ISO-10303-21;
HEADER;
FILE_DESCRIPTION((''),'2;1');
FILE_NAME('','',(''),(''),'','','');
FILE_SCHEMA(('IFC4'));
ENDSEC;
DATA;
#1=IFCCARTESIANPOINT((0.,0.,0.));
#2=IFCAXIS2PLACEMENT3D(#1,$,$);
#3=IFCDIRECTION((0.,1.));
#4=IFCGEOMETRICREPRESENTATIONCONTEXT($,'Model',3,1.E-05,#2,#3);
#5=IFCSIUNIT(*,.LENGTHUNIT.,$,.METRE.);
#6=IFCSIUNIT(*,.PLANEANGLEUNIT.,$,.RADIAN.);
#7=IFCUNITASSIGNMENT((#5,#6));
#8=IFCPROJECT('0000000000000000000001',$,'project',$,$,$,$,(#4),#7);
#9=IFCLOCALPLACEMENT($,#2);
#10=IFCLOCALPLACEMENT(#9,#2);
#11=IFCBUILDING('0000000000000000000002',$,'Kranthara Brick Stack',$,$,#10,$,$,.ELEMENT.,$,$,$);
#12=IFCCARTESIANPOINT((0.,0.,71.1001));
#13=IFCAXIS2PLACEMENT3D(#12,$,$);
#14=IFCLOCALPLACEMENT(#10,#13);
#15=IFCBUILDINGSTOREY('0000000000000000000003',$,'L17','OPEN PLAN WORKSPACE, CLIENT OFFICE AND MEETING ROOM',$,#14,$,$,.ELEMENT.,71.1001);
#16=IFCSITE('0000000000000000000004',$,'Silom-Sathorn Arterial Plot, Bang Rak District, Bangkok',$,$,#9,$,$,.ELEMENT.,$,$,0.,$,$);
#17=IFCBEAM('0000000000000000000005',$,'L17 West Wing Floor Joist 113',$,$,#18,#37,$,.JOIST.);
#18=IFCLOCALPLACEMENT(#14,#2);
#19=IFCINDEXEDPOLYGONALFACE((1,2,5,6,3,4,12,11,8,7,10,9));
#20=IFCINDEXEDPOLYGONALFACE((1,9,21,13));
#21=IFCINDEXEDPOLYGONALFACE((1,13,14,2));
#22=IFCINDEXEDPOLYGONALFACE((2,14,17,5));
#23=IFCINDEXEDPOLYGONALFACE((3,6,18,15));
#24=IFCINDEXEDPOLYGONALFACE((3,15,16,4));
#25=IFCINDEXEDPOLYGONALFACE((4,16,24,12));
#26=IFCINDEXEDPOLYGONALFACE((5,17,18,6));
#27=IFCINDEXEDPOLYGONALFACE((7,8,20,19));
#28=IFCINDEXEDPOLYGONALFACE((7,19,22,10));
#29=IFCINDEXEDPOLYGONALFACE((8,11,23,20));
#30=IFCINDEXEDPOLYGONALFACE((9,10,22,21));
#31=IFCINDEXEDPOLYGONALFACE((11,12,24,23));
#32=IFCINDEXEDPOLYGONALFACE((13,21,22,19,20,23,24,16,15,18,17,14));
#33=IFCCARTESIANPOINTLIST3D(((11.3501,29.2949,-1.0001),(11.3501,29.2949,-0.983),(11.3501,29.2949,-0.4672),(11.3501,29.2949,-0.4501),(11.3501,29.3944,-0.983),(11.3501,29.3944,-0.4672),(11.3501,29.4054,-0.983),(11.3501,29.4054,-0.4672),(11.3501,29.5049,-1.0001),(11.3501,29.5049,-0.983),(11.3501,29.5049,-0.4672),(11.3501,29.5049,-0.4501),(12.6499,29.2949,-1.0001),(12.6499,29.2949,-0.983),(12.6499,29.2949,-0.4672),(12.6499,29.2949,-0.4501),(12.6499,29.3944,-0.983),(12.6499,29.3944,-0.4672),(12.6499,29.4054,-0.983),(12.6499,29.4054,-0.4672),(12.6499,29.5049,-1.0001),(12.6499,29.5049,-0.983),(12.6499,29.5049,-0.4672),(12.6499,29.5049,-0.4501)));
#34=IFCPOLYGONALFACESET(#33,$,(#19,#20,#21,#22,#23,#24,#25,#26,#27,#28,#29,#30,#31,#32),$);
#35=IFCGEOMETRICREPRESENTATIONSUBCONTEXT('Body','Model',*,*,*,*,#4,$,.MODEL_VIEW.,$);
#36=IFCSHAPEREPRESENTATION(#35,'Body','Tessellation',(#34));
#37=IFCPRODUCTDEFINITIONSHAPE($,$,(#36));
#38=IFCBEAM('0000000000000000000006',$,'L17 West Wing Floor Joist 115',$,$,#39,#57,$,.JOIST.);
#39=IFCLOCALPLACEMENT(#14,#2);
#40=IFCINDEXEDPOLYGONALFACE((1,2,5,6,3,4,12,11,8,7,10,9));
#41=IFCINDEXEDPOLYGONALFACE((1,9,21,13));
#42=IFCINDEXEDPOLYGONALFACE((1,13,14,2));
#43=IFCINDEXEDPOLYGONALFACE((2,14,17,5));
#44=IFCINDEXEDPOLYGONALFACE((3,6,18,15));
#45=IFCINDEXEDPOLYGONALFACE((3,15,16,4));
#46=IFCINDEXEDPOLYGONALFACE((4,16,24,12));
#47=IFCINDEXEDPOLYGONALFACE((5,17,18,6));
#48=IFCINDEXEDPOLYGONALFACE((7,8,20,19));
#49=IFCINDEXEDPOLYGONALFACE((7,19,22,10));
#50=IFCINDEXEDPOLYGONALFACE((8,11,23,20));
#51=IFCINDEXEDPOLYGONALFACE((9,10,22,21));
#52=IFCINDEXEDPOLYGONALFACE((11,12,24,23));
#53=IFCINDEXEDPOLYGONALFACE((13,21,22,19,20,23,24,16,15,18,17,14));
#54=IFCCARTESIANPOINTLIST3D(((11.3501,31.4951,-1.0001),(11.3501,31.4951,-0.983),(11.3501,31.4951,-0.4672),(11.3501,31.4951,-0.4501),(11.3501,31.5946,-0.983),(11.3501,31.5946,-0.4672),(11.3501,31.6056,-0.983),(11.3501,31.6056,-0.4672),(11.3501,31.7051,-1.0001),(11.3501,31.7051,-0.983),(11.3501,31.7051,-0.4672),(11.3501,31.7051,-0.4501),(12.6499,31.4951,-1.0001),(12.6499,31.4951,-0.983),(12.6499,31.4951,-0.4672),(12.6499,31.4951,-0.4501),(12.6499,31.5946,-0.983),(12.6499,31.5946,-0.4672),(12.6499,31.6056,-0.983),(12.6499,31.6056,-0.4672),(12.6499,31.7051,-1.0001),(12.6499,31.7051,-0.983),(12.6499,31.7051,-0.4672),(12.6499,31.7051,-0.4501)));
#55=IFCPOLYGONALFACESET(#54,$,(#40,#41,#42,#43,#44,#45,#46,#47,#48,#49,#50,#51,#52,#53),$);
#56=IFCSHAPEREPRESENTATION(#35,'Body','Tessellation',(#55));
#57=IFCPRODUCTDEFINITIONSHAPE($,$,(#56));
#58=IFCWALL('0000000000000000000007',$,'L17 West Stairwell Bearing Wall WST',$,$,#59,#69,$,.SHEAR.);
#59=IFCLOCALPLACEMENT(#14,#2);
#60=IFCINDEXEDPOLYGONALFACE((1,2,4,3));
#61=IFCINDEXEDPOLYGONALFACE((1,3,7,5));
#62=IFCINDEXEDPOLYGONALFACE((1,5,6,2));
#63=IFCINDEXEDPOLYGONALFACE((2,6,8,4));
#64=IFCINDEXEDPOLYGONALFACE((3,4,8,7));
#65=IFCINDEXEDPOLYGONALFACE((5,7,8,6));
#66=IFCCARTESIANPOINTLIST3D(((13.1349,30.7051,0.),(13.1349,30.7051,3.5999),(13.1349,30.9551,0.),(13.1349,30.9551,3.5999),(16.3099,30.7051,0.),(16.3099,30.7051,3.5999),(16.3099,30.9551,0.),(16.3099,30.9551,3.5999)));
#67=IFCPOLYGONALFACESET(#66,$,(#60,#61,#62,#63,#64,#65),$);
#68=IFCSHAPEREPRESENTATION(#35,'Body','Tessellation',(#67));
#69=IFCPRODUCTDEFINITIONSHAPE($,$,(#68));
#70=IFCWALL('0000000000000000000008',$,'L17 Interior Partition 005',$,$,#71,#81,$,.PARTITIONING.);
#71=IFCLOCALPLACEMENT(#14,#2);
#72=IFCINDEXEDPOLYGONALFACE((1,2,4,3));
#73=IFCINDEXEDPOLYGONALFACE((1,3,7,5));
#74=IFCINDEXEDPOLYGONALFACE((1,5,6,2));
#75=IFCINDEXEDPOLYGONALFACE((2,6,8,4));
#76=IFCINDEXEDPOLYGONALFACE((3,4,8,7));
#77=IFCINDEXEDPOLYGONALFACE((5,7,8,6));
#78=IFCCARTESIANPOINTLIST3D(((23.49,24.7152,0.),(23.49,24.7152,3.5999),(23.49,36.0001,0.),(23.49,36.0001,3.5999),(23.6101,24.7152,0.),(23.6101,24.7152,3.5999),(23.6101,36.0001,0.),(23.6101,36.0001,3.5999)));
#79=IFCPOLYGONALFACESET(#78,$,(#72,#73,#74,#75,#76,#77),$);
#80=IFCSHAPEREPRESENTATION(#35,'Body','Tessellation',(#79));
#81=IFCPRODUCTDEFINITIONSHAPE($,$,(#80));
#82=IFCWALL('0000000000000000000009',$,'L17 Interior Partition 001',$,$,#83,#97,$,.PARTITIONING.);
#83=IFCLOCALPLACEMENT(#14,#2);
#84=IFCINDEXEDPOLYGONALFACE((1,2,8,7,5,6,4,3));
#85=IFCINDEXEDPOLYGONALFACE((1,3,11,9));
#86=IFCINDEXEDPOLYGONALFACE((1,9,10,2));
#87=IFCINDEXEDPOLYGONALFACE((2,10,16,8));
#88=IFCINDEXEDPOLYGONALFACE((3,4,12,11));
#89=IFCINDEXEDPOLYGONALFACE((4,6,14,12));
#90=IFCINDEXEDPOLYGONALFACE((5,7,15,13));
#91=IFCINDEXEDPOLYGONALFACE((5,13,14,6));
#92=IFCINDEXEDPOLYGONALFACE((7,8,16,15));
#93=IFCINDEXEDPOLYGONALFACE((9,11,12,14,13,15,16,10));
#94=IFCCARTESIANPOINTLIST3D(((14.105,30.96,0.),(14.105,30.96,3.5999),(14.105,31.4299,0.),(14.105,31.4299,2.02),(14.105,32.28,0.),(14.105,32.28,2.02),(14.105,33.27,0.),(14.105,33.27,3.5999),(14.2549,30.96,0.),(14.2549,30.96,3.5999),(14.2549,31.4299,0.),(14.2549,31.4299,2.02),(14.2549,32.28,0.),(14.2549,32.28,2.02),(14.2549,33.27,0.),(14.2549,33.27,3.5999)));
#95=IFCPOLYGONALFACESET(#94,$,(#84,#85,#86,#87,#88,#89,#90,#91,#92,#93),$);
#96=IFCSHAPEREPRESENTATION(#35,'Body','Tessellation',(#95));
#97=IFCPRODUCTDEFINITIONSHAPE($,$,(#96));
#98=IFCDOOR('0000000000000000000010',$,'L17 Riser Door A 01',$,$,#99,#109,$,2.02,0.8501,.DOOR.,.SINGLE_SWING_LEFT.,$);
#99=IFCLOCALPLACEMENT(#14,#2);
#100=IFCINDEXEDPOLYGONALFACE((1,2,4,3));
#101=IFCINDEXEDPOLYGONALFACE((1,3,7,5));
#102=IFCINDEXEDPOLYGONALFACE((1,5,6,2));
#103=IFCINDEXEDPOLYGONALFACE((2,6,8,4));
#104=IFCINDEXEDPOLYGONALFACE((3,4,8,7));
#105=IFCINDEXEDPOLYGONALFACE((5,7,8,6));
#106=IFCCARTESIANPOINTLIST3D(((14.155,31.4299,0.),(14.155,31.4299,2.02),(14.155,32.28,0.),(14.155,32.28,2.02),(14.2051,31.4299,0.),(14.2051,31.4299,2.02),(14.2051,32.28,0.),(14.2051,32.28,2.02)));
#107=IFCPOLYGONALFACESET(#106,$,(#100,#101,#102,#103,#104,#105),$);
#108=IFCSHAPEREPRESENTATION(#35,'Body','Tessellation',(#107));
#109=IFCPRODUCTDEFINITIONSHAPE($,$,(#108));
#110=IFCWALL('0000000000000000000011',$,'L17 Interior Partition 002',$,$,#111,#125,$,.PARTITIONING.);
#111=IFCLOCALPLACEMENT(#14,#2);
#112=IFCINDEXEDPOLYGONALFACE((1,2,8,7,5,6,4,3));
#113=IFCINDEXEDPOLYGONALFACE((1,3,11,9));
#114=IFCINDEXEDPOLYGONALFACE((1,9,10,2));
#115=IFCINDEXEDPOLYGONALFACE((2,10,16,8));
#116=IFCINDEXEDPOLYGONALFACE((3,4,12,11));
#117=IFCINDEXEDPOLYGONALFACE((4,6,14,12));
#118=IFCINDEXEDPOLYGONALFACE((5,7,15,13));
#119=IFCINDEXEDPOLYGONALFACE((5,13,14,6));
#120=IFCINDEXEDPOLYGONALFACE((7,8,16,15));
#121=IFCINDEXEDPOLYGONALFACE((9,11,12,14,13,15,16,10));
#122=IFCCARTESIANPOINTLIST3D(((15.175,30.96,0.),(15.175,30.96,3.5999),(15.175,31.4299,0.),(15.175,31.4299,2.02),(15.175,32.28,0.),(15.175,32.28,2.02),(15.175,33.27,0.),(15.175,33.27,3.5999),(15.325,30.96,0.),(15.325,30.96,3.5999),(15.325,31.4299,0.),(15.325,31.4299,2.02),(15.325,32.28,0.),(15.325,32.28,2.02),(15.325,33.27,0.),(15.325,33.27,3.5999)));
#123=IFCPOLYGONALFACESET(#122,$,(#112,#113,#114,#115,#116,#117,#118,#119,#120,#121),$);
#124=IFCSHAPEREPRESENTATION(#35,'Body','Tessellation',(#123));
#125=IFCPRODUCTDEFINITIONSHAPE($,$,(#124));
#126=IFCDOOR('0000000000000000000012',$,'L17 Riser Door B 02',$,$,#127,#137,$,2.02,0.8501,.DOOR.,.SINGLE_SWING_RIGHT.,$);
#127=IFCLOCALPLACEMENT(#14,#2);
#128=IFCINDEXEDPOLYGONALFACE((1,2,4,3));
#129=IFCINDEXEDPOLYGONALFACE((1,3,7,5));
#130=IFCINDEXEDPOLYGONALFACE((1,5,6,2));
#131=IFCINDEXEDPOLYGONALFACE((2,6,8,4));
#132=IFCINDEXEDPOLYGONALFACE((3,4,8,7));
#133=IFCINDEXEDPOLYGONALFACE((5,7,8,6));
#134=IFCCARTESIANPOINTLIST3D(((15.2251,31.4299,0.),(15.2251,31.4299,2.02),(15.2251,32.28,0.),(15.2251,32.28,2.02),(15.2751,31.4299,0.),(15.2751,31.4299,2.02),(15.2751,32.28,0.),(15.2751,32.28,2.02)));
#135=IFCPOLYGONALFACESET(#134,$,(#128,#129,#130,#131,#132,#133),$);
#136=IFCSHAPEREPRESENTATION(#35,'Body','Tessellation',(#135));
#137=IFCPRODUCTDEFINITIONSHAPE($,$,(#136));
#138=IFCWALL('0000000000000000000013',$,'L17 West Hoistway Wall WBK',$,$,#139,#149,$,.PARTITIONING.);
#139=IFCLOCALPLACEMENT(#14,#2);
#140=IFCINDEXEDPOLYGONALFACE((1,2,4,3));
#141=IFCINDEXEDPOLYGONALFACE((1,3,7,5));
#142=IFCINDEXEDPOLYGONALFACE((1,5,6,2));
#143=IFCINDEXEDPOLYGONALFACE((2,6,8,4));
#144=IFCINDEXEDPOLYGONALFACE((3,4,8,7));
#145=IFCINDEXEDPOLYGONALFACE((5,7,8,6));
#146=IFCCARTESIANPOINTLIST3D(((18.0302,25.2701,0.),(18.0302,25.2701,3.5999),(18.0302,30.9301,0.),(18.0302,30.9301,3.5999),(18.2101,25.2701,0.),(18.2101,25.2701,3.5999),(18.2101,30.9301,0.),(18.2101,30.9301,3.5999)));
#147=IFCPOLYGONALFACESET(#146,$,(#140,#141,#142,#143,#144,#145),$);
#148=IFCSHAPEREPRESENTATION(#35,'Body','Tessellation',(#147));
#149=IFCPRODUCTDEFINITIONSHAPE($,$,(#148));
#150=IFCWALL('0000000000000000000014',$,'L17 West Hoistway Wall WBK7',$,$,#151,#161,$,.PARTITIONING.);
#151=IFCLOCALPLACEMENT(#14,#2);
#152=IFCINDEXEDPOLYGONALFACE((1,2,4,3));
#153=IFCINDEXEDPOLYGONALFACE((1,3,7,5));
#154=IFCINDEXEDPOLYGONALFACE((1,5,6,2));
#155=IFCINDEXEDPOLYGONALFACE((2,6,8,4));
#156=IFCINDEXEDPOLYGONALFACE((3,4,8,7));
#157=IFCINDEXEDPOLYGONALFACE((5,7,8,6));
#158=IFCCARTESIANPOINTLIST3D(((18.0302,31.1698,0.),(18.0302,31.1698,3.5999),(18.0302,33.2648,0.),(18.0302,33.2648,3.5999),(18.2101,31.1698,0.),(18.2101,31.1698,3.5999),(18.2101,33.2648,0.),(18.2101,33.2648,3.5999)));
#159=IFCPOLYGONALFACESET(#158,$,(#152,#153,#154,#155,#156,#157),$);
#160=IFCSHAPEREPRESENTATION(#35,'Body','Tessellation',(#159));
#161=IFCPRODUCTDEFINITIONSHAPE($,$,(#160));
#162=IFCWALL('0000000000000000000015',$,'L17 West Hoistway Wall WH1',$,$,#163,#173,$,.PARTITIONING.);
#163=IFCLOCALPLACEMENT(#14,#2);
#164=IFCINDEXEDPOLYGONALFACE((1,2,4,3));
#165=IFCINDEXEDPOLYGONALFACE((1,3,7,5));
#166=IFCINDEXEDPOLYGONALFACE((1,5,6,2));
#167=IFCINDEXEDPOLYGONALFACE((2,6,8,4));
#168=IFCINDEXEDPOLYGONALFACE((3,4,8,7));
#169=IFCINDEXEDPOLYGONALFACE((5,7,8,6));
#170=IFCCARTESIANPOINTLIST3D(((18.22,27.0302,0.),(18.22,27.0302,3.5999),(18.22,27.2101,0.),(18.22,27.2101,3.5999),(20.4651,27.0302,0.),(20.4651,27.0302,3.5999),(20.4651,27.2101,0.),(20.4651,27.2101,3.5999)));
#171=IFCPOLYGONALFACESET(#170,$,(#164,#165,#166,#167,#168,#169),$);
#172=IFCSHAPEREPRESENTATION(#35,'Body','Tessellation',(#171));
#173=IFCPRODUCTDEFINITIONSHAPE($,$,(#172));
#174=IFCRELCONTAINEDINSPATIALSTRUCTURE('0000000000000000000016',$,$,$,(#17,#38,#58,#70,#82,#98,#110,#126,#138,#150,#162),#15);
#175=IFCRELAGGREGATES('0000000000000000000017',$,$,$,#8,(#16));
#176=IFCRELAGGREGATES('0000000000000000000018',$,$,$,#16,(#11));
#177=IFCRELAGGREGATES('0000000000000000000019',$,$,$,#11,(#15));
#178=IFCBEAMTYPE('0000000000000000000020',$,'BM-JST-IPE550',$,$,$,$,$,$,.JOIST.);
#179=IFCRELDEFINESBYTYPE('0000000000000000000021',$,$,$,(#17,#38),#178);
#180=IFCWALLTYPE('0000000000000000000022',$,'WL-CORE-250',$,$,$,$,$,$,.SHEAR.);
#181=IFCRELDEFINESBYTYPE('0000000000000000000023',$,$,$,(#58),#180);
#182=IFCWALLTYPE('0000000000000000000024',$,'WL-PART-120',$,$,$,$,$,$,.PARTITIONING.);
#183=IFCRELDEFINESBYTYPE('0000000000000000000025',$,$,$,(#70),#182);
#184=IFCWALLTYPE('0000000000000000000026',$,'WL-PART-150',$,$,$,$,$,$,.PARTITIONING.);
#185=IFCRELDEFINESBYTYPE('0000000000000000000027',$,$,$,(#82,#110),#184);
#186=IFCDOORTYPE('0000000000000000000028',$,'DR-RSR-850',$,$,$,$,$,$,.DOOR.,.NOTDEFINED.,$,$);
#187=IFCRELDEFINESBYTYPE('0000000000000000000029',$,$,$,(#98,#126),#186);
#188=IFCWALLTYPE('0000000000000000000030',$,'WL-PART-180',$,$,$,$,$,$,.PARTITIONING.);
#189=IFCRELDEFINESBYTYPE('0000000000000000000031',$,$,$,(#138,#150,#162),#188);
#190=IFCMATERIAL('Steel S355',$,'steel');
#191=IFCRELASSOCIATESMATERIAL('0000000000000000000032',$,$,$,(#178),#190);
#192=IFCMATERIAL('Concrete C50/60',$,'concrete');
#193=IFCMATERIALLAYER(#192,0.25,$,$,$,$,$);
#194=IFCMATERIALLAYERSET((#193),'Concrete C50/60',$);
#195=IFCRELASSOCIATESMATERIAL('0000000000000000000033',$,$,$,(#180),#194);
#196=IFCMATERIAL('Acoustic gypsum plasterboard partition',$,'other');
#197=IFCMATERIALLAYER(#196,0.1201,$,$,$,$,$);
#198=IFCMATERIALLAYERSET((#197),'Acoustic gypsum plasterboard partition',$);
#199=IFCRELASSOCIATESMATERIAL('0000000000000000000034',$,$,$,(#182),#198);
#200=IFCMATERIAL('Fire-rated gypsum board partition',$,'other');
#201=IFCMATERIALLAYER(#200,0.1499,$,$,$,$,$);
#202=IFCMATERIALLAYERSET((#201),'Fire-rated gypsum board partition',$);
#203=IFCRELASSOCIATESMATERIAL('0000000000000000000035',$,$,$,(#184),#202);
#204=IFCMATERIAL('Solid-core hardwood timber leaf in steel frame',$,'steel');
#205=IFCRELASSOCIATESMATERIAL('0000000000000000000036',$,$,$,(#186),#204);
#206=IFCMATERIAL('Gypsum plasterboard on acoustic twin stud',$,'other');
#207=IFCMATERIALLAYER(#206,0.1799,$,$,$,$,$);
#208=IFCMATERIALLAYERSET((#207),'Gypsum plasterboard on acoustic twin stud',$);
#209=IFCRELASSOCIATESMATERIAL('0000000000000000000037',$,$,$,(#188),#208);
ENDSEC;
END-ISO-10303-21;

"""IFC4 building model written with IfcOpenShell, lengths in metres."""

from ifc_helpers import new_model, si_unit, direction, frame, frame_2d, origin, origin_2d, place, context, subcontext, project, spatial, rectangle, i_section, extrude, material, layer, layer_set, material_profile, profile_set, type_object, element, fill, save


model = new_model("IFC4")

# Units and contexts
model_context = context("Model", 3, precision=1e-05, world=origin(), true_north=direction((0.0, 1.0)))
body_context = subcontext(model_context, "Body", "Model", "MODEL_VIEW")
ifc_project = project(units=[si_unit("LENGTHUNIT", "METRE"), si_unit("PLANEANGLEUNIT", "RADIAN")], contexts=[model_context])

# Site, building, storey
site_placement = place(None, origin())
site = spatial("IfcSite", under=ifc_project, at=site_placement, Name="Silom-Sathorn Arterial Plot, Bang Rak District, Bangkok", CompositionType="ELEMENT", RefElevation=0.0)
building_placement = place(site_placement, origin())
building = spatial("IfcBuilding", under=site, at=building_placement, Name="Kranthara Brick Stack", CompositionType="ELEMENT")
storey_placement = place(building_placement, frame((0.0, 0.0, 71.1001)))
storey = spatial("IfcBuildingStorey", under=building, at=storey_placement, Name="L17", Description="OPEN PLAN WORKSPACE, CLIENT OFFICE AND MEETING ROOM", CompositionType="ELEMENT", Elevation=71.1001)

# Beams
ifc_material_1 = material(Name="Steel S355", Category="steel")
ifc_material_profile_1 = material_profile(ifc_material_1, i_section(OverallWidth=0.21, OverallDepth=0.55, WebThickness=0.011, FlangeThickness=0.0171, at=origin_2d()), Name="IPE 550")
ifc_profile_set_1 = profile_set([ifc_material_profile_1], Name="Steel S355")
beam_type = type_object("IfcBeamType", Name="BM-JST-IPE550", PredefinedType="JOIST", material=ifc_profile_set_1)
for number, where, z_axis, x_axis, name in (
    (1, (11.3501, 29.3999, -0.7251), (1.0, 0.0, 0.0), (0.0, 1.0, 0.0), "L17 West Wing Floor Joist 113"),
    (2, (11.3501, 31.6001, -0.7251), (1.0, 0.0, 0.0), (0.0, 1.0, 0.0), "L17 West Wing Floor Joist 115"),
):
    element("IfcBeam", number, at=place(storey_placement, frame(where, z_axis=z_axis, x_axis=x_axis)), inside=storey, type_object=beam_type, Name=name, PredefinedType="JOIST", context=body_context, shape_type="SweptSolid", body=[
        extrude(i_section(OverallWidth=0.21, OverallDepth=0.55, WebThickness=0.011, FlangeThickness=0.0171, at=origin_2d()), origin(), (0.0, 0.0, 1.0), 1.2998),
    ])

# Walls
ifc_material_2 = material(Name="Concrete C50/60", Category="concrete")
ifc_layer_1 = layer(ifc_material_2, 0.25)
ifc_layer_set_1 = layer_set([ifc_layer_1], Name="Concrete C50/60")
wall_type_1 = type_object("IfcWallType", Name="WL-CORE-250", PredefinedType="SHEAR", material=ifc_layer_set_1)
wall_1_placement = place(storey_placement, frame((13.135, 30.8301, 0.0), z_axis=(0.0, 0.0, 1.0), x_axis=(1.0, 0.0, 0.0)))
element("IfcWall", 3, at=wall_1_placement, inside=storey, type_object=wall_type_1, Name="L17 West Stairwell Bearing Wall WST", PredefinedType="SHEAR", context=body_context, shape_type="SweptSolid", body=[
    extrude(rectangle(XDim=3.175, YDim=0.25, at=frame_2d((1.5874, 0.0))), origin(), (0.0, 0.0, 1.0), 3.5999),
])
ifc_material_3 = material(Name="Acoustic gypsum plasterboard partition", Category="other")
ifc_layer_2 = layer(ifc_material_3, 0.1201)
ifc_layer_set_2 = layer_set([ifc_layer_2], Name="Acoustic gypsum plasterboard partition")
wall_type_2 = type_object("IfcWallType", Name="WL-PART-120", PredefinedType="PARTITIONING", material=ifc_layer_set_2)
wall_2_placement = place(storey_placement, frame((23.55, 24.7151, 0.0), z_axis=(0.0, 0.0, 1.0), x_axis=(0.0, 1.0, 0.0)))
element("IfcWall", 4, at=wall_2_placement, inside=storey, type_object=wall_type_2, Name="L17 Interior Partition 005", PredefinedType="PARTITIONING", context=body_context, shape_type="SweptSolid", body=[
    extrude(rectangle(XDim=11.2849, YDim=0.1201, at=frame_2d((5.6426, 0.0))), origin(), (0.0, 0.0, 1.0), 3.5999),
])

# Walls, openings, doors
ifc_material_4 = material(Name="Fire-rated gypsum board partition", Category="other")
ifc_layer_3 = layer(ifc_material_4, 0.1499)
ifc_layer_set_3 = layer_set([ifc_layer_3], Name="Fire-rated gypsum board partition")
wall_type_3 = type_object("IfcWallType", Name="WL-PART-150", PredefinedType="PARTITIONING", material=ifc_layer_set_3)
wall_3_placement = place(storey_placement, frame((14.1799, 30.96, 0.0), z_axis=(0.0, 0.0, 1.0), x_axis=(0.0, 1.0, 0.0)))
wall_3 = element("IfcWall", 5, at=wall_3_placement, inside=storey, type_object=wall_type_3, Name="L17 Interior Partition 001", PredefinedType="PARTITIONING", context=body_context, shape_type="SweptSolid", body=[
    extrude(rectangle(XDim=2.3101, YDim=0.1499, at=frame_2d((1.155, 0.0))), origin(), (0.0, 0.0, 1.0), 3.5999),
])
opening_1_placement = place(wall_3_placement, frame((0.47, 0.0, 0.0)))
opening_1 = element("IfcOpeningElement", 6, at=opening_1_placement, cuts=wall_3, PredefinedType="OPENING", context=body_context, shape_type="SweptSolid", body=[
    extrude(rectangle(XDim=0.8501, YDim=2.02, at=frame_2d((0.425, 1.01))), frame((0.0, 0.085, 0.0), z_axis=(0.0, -1.0, 0.0), x_axis=(1.0, 0.0, 0.0)), (0.0, 0.0, 1.0), 0.1699),
])
ifc_material_5 = material(Name="Solid-core hardwood timber leaf in steel frame", Category="steel")
door_type = type_object("IfcDoorType", Name="DR-RSR-850", OperationType="NOTDEFINED", PredefinedType="DOOR", material=ifc_material_5)
door_1_placement = place(opening_1_placement, origin())
door_1 = element("IfcDoor", 7, at=door_1_placement, inside=storey, type_object=door_type, Name="L17 Riser Door A 01", OperationType="SINGLE_SWING_LEFT", OverallHeight=2.02, OverallWidth=0.8501, PredefinedType="DOOR", context=body_context, shape_type="SweptSolid", body=[
    extrude(rectangle(XDim=0.8501, YDim=2.02, at=frame_2d((0.425, 1.01))), frame((0.0, 0.0249, 0.0), z_axis=(0.0, -1.0, 0.0), x_axis=(1.0, 0.0, 0.0)), (0.0, 0.0, 1.0), 0.05),
])
fill(opening_1, door_1)
wall_4_placement = place(storey_placement, frame((15.25, 30.96, 0.0), z_axis=(0.0, 0.0, 1.0), x_axis=(0.0, 1.0, 0.0)))
wall_4 = element("IfcWall", 8, at=wall_4_placement, inside=storey, type_object=wall_type_3, Name="L17 Interior Partition 002", PredefinedType="PARTITIONING", context=body_context, shape_type="SweptSolid", body=[
    extrude(rectangle(XDim=2.3101, YDim=0.1499, at=frame_2d((1.155, 0.0))), origin(), (0.0, 0.0, 1.0), 3.5999),
])
opening_2_placement = place(wall_4_placement, frame((0.47, 0.0, 0.0)))
opening_2 = element("IfcOpeningElement", 9, at=opening_2_placement, cuts=wall_4, PredefinedType="OPENING", context=body_context, shape_type="SweptSolid", body=[
    extrude(rectangle(XDim=0.8501, YDim=2.02, at=frame_2d((0.425, 1.01))), frame((0.0, 0.085, 0.0), z_axis=(0.0, -1.0, 0.0), x_axis=(1.0, 0.0, 0.0)), (0.0, 0.0, 1.0), 0.1699),
])
door_2_placement = place(opening_2_placement, origin())
door_2 = element("IfcDoor", 10, at=door_2_placement, inside=storey, type_object=door_type, Name="L17 Riser Door B 02", OperationType="SINGLE_SWING_RIGHT", OverallHeight=2.02, OverallWidth=0.8501, PredefinedType="DOOR", context=body_context, shape_type="SweptSolid", body=[
    extrude(rectangle(XDim=0.8501, YDim=2.02, at=frame_2d((0.425, 1.01))), frame((0.0, 0.0249, 0.0), z_axis=(0.0, -1.0, 0.0), x_axis=(1.0, 0.0, 0.0)), (0.0, 0.0, 1.0), 0.05),
])
fill(opening_2, door_2)

# Walls
ifc_material_6 = material(Name="Gypsum plasterboard on acoustic twin stud", Category="other")
ifc_layer_4 = layer(ifc_material_6, 0.1799)
ifc_layer_set_4 = layer_set([ifc_layer_4], Name="Gypsum plasterboard on acoustic twin stud")
wall_type_4 = type_object("IfcWallType", Name="WL-PART-180", PredefinedType="PARTITIONING", material=ifc_layer_set_4)
wall_5_placement = place(storey_placement, frame((18.1201, 25.27, 0.0), z_axis=(0.0, 0.0, 1.0), x_axis=(0.0, 1.0, 0.0)))
element("IfcWall", 11, at=wall_5_placement, inside=storey, type_object=wall_type_4, Name="L17 West Hoistway Wall WBK", PredefinedType="PARTITIONING", context=body_context, shape_type="SweptSolid", body=[
    extrude(rectangle(XDim=5.6599, YDim=0.1799, at=frame_2d((2.8301, 0.0))), origin(), (0.0, 0.0, 1.0), 3.5999),
])
wall_6_placement = place(storey_placement, frame((18.1201, 31.1699, 0.0), z_axis=(0.0, 0.0, 1.0), x_axis=(0.0, 1.0, 0.0)))
element("IfcWall", 12, at=wall_6_placement, inside=storey, type_object=wall_type_4, Name="L17 West Hoistway Wall WBK7", PredefinedType="PARTITIONING", context=body_context, shape_type="SweptSolid", body=[
    extrude(rectangle(XDim=2.095, YDim=0.1799, at=frame_2d((1.0474, 0.0))), origin(), (0.0, 0.0, 1.0), 3.5999),
])
for number, where, z_axis, x_axis, name in (
    (13, (18.22, 27.1201, 0.0), (0.0, 0.0, 1.0), (1.0, 0.0, 0.0), "L17 West Hoistway Wall WH1"),
):
    element("IfcWall", number, at=place(storey_placement, frame(where, z_axis=z_axis, x_axis=x_axis)), inside=storey, type_object=wall_type_4, Name=name, PredefinedType="PARTITIONING", context=body_context, shape_type="SweptSolid", body=[
        extrude(rectangle(XDim=2.2451, YDim=0.1799, at=frame_2d((1.1226, 0.0))), origin(), (0.0, 0.0, 1.0), 3.5999),
    ])

save(model, "model.ifc")
